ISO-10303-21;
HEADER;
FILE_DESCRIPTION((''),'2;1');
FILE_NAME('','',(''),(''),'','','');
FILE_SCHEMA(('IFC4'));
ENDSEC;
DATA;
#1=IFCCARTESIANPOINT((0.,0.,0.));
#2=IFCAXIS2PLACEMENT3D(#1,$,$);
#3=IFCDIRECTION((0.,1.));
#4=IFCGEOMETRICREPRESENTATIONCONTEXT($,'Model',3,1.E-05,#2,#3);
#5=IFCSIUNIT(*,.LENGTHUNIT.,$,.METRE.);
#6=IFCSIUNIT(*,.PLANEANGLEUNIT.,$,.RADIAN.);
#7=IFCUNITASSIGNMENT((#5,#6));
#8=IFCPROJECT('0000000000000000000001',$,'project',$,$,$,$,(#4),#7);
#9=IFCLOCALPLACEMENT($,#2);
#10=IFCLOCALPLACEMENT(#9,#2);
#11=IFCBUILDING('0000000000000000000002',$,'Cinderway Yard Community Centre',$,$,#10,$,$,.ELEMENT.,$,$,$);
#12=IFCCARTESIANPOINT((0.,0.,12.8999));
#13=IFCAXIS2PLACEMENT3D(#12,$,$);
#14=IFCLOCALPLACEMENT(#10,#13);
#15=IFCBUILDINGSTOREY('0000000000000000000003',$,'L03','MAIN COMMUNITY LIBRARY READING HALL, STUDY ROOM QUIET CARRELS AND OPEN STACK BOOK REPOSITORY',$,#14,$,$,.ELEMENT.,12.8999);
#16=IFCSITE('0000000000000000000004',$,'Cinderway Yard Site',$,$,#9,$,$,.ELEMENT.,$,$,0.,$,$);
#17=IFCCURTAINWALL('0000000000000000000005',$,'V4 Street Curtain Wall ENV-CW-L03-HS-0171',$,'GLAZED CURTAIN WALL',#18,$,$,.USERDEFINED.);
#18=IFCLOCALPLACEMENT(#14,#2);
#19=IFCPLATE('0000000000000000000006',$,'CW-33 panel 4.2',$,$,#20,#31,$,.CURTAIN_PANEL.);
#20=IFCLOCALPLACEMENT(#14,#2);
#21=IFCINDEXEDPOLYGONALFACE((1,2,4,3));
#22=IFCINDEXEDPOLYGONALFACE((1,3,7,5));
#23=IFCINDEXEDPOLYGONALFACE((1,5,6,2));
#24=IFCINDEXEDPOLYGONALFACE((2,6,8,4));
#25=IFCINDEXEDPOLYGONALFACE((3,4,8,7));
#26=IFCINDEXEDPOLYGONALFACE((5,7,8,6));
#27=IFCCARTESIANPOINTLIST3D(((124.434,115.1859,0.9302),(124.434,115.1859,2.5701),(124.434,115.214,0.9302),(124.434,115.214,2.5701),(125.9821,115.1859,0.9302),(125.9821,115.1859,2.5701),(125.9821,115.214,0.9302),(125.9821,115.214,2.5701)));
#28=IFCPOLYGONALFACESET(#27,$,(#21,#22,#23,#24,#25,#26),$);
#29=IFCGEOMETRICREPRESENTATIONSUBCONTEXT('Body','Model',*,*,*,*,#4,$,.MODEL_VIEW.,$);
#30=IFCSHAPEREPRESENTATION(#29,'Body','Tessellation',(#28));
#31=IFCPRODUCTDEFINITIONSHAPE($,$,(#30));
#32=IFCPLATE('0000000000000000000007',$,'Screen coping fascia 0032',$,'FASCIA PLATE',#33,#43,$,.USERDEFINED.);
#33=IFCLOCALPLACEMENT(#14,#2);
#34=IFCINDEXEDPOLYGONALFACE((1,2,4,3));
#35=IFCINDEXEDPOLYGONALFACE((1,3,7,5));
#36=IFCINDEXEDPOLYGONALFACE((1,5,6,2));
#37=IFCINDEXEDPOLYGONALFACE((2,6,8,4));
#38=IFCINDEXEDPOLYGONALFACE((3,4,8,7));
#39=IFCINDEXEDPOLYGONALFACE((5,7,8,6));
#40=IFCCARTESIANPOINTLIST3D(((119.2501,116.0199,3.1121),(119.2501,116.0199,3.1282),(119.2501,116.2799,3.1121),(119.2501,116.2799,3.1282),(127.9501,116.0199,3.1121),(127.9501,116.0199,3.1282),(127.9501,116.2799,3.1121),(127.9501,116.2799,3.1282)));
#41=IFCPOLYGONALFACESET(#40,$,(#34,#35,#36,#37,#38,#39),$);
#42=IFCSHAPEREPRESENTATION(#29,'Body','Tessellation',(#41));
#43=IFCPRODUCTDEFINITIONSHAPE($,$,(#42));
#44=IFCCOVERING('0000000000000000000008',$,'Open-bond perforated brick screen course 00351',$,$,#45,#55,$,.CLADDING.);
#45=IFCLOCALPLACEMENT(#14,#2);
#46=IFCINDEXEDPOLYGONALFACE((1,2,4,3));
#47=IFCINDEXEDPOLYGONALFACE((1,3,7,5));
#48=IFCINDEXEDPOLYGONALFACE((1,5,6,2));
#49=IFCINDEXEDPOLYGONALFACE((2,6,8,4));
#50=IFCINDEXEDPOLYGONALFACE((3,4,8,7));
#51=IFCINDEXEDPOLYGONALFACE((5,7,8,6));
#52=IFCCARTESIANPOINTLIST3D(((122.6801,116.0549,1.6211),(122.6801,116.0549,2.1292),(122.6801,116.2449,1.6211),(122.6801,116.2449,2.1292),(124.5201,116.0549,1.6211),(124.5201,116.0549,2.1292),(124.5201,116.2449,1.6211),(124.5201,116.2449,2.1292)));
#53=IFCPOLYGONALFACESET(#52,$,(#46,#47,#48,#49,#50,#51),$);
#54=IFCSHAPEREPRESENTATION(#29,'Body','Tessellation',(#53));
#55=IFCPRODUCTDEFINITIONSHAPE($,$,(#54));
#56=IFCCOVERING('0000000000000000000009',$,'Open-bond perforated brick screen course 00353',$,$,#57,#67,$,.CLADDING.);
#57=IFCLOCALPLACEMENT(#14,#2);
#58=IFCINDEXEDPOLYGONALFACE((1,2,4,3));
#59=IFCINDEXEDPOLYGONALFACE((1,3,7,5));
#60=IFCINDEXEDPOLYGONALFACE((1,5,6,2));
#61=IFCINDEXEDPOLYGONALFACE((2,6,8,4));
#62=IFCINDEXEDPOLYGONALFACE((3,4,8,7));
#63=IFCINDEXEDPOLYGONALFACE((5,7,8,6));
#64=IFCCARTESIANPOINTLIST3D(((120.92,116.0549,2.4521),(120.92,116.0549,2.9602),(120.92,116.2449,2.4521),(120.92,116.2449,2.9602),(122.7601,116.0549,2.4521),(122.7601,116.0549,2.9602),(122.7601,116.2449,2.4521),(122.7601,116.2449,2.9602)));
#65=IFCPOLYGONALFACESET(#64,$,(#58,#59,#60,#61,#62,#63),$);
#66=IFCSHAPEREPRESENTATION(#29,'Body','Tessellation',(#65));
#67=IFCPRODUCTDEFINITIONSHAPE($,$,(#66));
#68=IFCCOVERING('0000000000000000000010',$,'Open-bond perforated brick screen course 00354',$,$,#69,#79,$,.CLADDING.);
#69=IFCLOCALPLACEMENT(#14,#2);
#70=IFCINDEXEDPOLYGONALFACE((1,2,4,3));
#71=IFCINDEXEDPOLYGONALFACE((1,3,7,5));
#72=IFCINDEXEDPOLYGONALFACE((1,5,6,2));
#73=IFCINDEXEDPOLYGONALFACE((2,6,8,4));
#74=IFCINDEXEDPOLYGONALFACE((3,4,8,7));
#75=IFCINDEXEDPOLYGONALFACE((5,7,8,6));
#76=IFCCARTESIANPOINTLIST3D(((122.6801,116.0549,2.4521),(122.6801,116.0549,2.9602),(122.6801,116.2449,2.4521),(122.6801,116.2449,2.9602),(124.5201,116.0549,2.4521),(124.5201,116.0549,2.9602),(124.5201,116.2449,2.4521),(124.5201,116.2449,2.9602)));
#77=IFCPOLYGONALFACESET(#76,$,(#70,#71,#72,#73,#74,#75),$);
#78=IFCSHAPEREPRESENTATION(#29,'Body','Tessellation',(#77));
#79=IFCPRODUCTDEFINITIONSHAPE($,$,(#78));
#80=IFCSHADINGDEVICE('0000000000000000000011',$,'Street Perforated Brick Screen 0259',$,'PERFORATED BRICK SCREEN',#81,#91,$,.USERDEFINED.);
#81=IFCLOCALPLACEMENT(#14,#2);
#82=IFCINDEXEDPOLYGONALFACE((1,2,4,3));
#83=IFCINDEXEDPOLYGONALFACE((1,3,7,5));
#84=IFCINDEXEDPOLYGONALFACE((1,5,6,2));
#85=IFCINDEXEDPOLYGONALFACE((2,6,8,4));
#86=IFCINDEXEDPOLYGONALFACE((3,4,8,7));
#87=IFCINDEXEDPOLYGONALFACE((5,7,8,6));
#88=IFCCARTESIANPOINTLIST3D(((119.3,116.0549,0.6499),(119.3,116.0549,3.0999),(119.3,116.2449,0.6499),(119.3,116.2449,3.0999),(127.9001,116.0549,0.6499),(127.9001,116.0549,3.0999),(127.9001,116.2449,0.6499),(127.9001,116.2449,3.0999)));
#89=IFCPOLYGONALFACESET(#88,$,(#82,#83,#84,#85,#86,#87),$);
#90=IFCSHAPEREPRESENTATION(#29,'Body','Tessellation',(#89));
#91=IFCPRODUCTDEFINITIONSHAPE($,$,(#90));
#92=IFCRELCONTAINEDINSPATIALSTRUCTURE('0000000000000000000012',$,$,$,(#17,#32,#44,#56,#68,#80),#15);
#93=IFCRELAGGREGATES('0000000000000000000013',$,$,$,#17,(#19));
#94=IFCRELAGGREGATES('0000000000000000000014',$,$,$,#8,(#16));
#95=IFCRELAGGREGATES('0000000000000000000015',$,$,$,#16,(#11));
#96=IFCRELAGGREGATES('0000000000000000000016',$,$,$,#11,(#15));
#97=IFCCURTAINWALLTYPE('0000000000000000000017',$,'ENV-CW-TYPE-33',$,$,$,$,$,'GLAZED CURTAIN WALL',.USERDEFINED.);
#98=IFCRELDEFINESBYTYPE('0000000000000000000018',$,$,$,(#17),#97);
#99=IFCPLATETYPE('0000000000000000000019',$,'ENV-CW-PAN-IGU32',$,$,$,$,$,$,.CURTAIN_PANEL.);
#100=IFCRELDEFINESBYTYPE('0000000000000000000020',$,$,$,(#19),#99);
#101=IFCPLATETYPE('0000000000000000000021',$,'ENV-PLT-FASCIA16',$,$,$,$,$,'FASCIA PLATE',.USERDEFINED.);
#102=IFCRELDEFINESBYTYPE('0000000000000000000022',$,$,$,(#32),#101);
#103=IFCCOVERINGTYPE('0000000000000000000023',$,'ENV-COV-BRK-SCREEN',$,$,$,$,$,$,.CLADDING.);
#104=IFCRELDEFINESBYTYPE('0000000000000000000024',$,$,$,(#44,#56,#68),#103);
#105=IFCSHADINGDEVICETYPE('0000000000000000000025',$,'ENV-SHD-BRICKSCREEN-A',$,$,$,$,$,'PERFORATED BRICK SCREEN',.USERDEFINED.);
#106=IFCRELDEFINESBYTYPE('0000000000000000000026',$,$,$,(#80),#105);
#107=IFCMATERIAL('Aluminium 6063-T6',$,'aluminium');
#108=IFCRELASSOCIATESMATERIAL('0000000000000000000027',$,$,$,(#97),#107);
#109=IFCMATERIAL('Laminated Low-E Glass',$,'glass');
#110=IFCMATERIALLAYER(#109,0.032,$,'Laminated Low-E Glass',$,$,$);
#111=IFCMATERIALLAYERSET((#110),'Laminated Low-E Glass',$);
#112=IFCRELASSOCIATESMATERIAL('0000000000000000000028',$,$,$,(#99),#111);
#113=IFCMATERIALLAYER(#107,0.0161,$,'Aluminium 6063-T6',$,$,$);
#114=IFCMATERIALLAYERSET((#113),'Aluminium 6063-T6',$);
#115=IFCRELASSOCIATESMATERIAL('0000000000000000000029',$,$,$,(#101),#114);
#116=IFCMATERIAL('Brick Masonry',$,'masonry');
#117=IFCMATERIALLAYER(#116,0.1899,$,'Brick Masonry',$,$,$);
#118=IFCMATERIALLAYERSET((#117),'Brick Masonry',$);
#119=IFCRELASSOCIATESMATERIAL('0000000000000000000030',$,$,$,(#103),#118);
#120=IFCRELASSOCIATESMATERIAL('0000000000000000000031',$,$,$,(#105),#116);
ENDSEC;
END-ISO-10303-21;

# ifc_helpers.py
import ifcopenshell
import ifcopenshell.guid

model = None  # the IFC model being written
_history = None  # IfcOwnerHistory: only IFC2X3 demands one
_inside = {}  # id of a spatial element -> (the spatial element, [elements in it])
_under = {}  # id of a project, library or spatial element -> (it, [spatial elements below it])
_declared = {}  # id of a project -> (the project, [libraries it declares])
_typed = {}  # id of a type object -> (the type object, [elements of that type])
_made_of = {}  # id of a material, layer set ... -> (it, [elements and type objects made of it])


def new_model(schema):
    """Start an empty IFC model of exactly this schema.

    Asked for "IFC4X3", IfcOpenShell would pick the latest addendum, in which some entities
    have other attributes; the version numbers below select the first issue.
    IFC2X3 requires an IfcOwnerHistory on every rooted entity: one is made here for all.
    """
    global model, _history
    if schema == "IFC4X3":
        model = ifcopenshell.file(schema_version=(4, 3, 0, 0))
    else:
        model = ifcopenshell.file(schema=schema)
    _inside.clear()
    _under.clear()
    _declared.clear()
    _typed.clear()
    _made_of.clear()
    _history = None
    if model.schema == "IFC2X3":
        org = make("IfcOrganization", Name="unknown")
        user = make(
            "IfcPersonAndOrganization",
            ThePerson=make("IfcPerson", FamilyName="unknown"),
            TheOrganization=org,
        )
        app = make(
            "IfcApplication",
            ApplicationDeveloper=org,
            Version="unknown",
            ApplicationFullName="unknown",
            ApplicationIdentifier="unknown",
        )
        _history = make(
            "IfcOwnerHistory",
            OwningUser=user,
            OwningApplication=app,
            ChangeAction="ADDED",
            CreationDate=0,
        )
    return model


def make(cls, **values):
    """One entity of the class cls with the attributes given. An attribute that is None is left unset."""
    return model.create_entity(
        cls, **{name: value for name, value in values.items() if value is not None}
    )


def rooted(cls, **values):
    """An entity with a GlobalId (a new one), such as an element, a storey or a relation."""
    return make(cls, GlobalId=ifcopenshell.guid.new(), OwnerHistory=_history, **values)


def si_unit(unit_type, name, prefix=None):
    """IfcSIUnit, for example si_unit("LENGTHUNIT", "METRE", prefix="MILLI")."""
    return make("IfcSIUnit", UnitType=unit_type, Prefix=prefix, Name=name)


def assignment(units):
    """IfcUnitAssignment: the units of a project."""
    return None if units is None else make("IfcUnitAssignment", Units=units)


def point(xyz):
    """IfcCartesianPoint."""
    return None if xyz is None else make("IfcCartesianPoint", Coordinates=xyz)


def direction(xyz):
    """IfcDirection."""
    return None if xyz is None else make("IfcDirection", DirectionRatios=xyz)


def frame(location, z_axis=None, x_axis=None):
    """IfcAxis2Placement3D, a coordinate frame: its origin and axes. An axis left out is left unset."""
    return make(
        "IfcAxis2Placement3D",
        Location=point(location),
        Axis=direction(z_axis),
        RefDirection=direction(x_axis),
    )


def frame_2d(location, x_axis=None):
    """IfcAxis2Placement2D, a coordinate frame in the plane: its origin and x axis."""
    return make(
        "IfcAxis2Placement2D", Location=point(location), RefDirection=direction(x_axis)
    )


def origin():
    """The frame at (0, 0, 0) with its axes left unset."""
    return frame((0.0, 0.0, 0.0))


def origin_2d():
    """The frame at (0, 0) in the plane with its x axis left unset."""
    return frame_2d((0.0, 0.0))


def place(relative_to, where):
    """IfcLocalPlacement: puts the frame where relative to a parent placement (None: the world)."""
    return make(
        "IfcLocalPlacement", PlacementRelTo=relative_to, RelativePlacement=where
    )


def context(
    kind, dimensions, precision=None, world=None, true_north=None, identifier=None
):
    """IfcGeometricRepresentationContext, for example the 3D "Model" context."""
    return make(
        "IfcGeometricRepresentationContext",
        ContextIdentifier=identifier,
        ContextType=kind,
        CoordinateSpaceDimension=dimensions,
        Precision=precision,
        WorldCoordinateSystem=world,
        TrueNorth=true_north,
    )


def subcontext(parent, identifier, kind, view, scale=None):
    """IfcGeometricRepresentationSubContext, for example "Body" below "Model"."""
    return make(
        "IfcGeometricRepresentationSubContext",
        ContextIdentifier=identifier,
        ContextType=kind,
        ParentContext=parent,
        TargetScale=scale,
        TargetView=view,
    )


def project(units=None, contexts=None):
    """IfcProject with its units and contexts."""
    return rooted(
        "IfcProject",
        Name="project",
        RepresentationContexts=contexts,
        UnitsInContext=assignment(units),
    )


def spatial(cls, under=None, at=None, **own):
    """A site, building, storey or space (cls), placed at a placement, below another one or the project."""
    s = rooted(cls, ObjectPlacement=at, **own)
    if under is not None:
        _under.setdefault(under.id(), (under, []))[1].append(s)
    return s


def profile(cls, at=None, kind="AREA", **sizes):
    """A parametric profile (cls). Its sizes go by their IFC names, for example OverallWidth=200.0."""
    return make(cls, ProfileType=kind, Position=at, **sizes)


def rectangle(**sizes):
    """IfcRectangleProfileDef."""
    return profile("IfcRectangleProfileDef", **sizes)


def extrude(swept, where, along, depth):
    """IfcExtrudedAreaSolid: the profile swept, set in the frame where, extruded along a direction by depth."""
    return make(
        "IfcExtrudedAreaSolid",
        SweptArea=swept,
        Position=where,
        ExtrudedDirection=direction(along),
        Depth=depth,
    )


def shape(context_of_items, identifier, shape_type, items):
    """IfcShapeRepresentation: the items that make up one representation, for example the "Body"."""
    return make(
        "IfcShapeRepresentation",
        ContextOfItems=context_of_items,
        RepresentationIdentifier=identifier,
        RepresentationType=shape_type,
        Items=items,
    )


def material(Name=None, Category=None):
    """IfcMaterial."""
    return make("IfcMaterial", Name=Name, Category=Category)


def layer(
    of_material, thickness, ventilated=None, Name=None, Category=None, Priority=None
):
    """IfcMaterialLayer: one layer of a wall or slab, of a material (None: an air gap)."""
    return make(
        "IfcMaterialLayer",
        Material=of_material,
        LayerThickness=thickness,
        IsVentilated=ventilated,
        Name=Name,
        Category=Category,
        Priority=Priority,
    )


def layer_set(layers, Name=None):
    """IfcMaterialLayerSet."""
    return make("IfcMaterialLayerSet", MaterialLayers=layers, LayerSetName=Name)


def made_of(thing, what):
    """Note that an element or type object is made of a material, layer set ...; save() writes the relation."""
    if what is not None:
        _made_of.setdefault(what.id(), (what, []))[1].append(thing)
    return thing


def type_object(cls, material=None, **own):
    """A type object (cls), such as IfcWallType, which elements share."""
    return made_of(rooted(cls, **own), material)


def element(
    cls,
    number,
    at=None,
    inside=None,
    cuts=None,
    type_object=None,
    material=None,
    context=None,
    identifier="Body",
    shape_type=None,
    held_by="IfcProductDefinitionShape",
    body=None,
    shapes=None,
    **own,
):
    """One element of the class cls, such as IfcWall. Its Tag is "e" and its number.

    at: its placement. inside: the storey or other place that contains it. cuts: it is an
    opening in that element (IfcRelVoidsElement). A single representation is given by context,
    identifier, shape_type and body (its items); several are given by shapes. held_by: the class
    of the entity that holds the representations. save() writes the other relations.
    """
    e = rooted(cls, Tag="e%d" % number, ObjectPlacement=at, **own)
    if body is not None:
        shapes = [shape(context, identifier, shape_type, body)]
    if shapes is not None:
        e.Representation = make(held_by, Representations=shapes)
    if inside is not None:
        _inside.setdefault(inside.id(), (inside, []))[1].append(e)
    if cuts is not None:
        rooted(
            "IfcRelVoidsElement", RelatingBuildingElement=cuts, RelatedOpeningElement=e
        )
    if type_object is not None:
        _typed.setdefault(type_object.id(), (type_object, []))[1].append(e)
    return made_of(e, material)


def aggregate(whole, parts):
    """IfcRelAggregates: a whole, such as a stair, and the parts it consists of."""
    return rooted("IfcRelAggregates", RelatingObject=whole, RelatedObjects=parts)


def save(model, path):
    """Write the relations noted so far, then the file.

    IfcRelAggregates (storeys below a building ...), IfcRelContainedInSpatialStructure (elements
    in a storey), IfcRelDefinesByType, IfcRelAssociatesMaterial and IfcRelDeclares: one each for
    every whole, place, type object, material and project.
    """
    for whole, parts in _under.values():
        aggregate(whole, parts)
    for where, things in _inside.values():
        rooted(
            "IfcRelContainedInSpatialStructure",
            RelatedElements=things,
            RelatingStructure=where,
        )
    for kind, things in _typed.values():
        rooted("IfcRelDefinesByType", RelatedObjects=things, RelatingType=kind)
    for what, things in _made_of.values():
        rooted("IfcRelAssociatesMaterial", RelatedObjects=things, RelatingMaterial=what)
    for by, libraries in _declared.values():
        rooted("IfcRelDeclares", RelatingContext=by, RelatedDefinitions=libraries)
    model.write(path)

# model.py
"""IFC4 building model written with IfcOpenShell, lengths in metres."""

from ifc_helpers import new_model, si_unit, direction, frame, origin, origin_2d, place, context, subcontext, project, spatial, rectangle, extrude, material, layer, layer_set, type_object, element, aggregate, save


model = new_model("IFC4")

# Units and contexts
model_context = context("Model", 3, precision=1e-05, world=origin(), true_north=direction((0.0, 1.0)))
body_context = subcontext(model_context, "Body", "Model", "MODEL_VIEW")
ifc_project = project(units=[si_unit("LENGTHUNIT", "METRE"), si_unit("PLANEANGLEUNIT", "RADIAN")], contexts=[model_context])

# Site, building, storey
site_placement = place(None, origin())
site = spatial("IfcSite", under=ifc_project, at=site_placement, Name="Cinderway Yard Site", CompositionType="ELEMENT", RefElevation=0.0)
building_placement = place(site_placement, origin())
building = spatial("IfcBuilding", under=site, at=building_placement, Name="Cinderway Yard Community Centre", CompositionType="ELEMENT")
storey_placement = place(building_placement, frame((0.0, 0.0, 12.8999)))
storey = spatial("IfcBuildingStorey", under=building, at=storey_placement, Name="L03", Description="MAIN COMMUNITY LIBRARY READING HALL, STUDY ROOM QUIET CARRELS AND OPEN STACK BOOK REPOSITORY", CompositionType="ELEMENT", Elevation=12.8999)

# Curtain wall
ifc_material_1 = material(Name="Aluminium 6063-T6", Category="aluminium")
curtain_wall_type = type_object("IfcCurtainWallType", Name="ENV-CW-TYPE-33", ElementType="GLAZED CURTAIN WALL", PredefinedType="USERDEFINED", material=ifc_material_1)
curtain_wall_placement = place(storey_placement, origin())
curtain_wall = element("IfcCurtainWall", 1, at=curtain_wall_placement, inside=storey, type_object=curtain_wall_type, Name="V4 Street Curtain Wall ENV-CW-L03-HS-0171", ObjectType="GLAZED CURTAIN WALL", PredefinedType="USERDEFINED")

# Plates
ifc_material_2 = material(Name="Laminated Low-E Glass", Category="glass")
ifc_layer_1 = layer(ifc_material_2, 0.032, Name="Laminated Low-E Glass")
ifc_layer_set_1 = layer_set([ifc_layer_1], Name="Laminated Low-E Glass")
plate_type_1 = type_object("IfcPlateType", Name="ENV-CW-PAN-IGU32", PredefinedType="CURTAIN_PANEL", material=ifc_layer_set_1)
plate_1_placement = place(storey_placement, frame((125.208, 115.2, 0.9302), z_axis=(0.0, 0.0, 1.0), x_axis=(1.0, 0.0, 0.0)))
plate_1 = element("IfcPlate", 2, at=plate_1_placement, type_object=plate_type_1, Name="CW-33 panel 4.2", PredefinedType="CURTAIN_PANEL", context=body_context, shape_type="SweptSolid", body=[
    extrude(rectangle(XDim=1.5481, YDim=0.0281, at=origin_2d()), origin(), (0.0, 0.0, 1.0), 1.6399),
])
aggregate(curtain_wall, [plate_1])
ifc_layer_2 = layer(ifc_material_1, 0.0161, Name="Aluminium 6063-T6")
ifc_layer_set_2 = layer_set([ifc_layer_2], Name="Aluminium 6063-T6")
plate_type_2 = type_object("IfcPlateType", Name="ENV-PLT-FASCIA16", ElementType="FASCIA PLATE", PredefinedType="USERDEFINED", material=ifc_layer_set_2)
plate_2_placement = place(storey_placement, frame((123.6001, 116.1499, 3.1121), z_axis=(0.0, 0.0, 1.0), x_axis=(1.0, 0.0, 0.0)))
element("IfcPlate", 3, at=plate_2_placement, inside=storey, type_object=plate_type_2, Name="Screen coping fascia 0032", ObjectType="FASCIA PLATE", PredefinedType="USERDEFINED", context=body_context, shape_type="SweptSolid", body=[
    extrude(rectangle(XDim=8.7, YDim=0.26, at=origin_2d()), origin(), (0.0, 0.0, 1.0), 0.0161),
])

# Coverings
ifc_material_3 = material(Name="Brick Masonry", Category="masonry")
ifc_layer_3 = layer(ifc_material_3, 0.1899, Name="Brick Masonry")
ifc_layer_set_3 = layer_set([ifc_layer_3], Name="Brick Masonry")
covering_type = type_object("IfcCoveringType", Name="ENV-COV-BRK-SCREEN", PredefinedType="CLADDING", material=ifc_layer_set_3)
for number, where, z_axis, x_axis, name in (
    (4, (123.6001, 116.1499, 1.6211), (0.0, 0.0, 1.0), (1.0, 0.0, 0.0), "Open-bond perforated brick screen course 00351"),
    (5, (121.8401, 116.1499, 2.4521), (0.0, 0.0, 1.0), (1.0, 0.0, 0.0), "Open-bond perforated brick screen course 00353"),
    (6, (123.6001, 116.1499, 2.4521), (0.0, 0.0, 1.0), (1.0, 0.0, 0.0), "Open-bond perforated brick screen course 00354"),
):
    element("IfcCovering", number, at=place(storey_placement, frame(where, z_axis=z_axis, x_axis=x_axis)), inside=storey, type_object=covering_type, Name=name, PredefinedType="CLADDING", context=body_context, shape_type="SweptSolid", body=[
        extrude(rectangle(XDim=1.8401, YDim=0.1899, at=origin_2d()), origin(), (0.0, 0.0, 1.0), 0.5081),
    ])

# Shading device
shading_device_type = type_object("IfcShadingDeviceType", Name="ENV-SHD-BRICKSCREEN-A", ElementType="PERFORATED BRICK SCREEN", PredefinedType="USERDEFINED", material=ifc_material_3)
shading_device_placement = place(storey_placement, frame((123.6001, 116.1499, 0.6499), z_axis=(0.0, 0.0, 1.0), x_axis=(1.0, 0.0, 0.0)))
element("IfcShadingDevice", 7, at=shading_device_placement, inside=storey, type_object=shading_device_type, Name="Street Perforated Brick Screen 0259", ObjectType="PERFORATED BRICK SCREEN", PredefinedType="USERDEFINED", context=body_context, shape_type="SweptSolid", body=[
    extrude(rectangle(XDim=8.6001, YDim=0.1899, at=origin_2d()), origin(), (0.0, 0.0, 1.0), 2.45),
])

save(model, "model.ifc")
